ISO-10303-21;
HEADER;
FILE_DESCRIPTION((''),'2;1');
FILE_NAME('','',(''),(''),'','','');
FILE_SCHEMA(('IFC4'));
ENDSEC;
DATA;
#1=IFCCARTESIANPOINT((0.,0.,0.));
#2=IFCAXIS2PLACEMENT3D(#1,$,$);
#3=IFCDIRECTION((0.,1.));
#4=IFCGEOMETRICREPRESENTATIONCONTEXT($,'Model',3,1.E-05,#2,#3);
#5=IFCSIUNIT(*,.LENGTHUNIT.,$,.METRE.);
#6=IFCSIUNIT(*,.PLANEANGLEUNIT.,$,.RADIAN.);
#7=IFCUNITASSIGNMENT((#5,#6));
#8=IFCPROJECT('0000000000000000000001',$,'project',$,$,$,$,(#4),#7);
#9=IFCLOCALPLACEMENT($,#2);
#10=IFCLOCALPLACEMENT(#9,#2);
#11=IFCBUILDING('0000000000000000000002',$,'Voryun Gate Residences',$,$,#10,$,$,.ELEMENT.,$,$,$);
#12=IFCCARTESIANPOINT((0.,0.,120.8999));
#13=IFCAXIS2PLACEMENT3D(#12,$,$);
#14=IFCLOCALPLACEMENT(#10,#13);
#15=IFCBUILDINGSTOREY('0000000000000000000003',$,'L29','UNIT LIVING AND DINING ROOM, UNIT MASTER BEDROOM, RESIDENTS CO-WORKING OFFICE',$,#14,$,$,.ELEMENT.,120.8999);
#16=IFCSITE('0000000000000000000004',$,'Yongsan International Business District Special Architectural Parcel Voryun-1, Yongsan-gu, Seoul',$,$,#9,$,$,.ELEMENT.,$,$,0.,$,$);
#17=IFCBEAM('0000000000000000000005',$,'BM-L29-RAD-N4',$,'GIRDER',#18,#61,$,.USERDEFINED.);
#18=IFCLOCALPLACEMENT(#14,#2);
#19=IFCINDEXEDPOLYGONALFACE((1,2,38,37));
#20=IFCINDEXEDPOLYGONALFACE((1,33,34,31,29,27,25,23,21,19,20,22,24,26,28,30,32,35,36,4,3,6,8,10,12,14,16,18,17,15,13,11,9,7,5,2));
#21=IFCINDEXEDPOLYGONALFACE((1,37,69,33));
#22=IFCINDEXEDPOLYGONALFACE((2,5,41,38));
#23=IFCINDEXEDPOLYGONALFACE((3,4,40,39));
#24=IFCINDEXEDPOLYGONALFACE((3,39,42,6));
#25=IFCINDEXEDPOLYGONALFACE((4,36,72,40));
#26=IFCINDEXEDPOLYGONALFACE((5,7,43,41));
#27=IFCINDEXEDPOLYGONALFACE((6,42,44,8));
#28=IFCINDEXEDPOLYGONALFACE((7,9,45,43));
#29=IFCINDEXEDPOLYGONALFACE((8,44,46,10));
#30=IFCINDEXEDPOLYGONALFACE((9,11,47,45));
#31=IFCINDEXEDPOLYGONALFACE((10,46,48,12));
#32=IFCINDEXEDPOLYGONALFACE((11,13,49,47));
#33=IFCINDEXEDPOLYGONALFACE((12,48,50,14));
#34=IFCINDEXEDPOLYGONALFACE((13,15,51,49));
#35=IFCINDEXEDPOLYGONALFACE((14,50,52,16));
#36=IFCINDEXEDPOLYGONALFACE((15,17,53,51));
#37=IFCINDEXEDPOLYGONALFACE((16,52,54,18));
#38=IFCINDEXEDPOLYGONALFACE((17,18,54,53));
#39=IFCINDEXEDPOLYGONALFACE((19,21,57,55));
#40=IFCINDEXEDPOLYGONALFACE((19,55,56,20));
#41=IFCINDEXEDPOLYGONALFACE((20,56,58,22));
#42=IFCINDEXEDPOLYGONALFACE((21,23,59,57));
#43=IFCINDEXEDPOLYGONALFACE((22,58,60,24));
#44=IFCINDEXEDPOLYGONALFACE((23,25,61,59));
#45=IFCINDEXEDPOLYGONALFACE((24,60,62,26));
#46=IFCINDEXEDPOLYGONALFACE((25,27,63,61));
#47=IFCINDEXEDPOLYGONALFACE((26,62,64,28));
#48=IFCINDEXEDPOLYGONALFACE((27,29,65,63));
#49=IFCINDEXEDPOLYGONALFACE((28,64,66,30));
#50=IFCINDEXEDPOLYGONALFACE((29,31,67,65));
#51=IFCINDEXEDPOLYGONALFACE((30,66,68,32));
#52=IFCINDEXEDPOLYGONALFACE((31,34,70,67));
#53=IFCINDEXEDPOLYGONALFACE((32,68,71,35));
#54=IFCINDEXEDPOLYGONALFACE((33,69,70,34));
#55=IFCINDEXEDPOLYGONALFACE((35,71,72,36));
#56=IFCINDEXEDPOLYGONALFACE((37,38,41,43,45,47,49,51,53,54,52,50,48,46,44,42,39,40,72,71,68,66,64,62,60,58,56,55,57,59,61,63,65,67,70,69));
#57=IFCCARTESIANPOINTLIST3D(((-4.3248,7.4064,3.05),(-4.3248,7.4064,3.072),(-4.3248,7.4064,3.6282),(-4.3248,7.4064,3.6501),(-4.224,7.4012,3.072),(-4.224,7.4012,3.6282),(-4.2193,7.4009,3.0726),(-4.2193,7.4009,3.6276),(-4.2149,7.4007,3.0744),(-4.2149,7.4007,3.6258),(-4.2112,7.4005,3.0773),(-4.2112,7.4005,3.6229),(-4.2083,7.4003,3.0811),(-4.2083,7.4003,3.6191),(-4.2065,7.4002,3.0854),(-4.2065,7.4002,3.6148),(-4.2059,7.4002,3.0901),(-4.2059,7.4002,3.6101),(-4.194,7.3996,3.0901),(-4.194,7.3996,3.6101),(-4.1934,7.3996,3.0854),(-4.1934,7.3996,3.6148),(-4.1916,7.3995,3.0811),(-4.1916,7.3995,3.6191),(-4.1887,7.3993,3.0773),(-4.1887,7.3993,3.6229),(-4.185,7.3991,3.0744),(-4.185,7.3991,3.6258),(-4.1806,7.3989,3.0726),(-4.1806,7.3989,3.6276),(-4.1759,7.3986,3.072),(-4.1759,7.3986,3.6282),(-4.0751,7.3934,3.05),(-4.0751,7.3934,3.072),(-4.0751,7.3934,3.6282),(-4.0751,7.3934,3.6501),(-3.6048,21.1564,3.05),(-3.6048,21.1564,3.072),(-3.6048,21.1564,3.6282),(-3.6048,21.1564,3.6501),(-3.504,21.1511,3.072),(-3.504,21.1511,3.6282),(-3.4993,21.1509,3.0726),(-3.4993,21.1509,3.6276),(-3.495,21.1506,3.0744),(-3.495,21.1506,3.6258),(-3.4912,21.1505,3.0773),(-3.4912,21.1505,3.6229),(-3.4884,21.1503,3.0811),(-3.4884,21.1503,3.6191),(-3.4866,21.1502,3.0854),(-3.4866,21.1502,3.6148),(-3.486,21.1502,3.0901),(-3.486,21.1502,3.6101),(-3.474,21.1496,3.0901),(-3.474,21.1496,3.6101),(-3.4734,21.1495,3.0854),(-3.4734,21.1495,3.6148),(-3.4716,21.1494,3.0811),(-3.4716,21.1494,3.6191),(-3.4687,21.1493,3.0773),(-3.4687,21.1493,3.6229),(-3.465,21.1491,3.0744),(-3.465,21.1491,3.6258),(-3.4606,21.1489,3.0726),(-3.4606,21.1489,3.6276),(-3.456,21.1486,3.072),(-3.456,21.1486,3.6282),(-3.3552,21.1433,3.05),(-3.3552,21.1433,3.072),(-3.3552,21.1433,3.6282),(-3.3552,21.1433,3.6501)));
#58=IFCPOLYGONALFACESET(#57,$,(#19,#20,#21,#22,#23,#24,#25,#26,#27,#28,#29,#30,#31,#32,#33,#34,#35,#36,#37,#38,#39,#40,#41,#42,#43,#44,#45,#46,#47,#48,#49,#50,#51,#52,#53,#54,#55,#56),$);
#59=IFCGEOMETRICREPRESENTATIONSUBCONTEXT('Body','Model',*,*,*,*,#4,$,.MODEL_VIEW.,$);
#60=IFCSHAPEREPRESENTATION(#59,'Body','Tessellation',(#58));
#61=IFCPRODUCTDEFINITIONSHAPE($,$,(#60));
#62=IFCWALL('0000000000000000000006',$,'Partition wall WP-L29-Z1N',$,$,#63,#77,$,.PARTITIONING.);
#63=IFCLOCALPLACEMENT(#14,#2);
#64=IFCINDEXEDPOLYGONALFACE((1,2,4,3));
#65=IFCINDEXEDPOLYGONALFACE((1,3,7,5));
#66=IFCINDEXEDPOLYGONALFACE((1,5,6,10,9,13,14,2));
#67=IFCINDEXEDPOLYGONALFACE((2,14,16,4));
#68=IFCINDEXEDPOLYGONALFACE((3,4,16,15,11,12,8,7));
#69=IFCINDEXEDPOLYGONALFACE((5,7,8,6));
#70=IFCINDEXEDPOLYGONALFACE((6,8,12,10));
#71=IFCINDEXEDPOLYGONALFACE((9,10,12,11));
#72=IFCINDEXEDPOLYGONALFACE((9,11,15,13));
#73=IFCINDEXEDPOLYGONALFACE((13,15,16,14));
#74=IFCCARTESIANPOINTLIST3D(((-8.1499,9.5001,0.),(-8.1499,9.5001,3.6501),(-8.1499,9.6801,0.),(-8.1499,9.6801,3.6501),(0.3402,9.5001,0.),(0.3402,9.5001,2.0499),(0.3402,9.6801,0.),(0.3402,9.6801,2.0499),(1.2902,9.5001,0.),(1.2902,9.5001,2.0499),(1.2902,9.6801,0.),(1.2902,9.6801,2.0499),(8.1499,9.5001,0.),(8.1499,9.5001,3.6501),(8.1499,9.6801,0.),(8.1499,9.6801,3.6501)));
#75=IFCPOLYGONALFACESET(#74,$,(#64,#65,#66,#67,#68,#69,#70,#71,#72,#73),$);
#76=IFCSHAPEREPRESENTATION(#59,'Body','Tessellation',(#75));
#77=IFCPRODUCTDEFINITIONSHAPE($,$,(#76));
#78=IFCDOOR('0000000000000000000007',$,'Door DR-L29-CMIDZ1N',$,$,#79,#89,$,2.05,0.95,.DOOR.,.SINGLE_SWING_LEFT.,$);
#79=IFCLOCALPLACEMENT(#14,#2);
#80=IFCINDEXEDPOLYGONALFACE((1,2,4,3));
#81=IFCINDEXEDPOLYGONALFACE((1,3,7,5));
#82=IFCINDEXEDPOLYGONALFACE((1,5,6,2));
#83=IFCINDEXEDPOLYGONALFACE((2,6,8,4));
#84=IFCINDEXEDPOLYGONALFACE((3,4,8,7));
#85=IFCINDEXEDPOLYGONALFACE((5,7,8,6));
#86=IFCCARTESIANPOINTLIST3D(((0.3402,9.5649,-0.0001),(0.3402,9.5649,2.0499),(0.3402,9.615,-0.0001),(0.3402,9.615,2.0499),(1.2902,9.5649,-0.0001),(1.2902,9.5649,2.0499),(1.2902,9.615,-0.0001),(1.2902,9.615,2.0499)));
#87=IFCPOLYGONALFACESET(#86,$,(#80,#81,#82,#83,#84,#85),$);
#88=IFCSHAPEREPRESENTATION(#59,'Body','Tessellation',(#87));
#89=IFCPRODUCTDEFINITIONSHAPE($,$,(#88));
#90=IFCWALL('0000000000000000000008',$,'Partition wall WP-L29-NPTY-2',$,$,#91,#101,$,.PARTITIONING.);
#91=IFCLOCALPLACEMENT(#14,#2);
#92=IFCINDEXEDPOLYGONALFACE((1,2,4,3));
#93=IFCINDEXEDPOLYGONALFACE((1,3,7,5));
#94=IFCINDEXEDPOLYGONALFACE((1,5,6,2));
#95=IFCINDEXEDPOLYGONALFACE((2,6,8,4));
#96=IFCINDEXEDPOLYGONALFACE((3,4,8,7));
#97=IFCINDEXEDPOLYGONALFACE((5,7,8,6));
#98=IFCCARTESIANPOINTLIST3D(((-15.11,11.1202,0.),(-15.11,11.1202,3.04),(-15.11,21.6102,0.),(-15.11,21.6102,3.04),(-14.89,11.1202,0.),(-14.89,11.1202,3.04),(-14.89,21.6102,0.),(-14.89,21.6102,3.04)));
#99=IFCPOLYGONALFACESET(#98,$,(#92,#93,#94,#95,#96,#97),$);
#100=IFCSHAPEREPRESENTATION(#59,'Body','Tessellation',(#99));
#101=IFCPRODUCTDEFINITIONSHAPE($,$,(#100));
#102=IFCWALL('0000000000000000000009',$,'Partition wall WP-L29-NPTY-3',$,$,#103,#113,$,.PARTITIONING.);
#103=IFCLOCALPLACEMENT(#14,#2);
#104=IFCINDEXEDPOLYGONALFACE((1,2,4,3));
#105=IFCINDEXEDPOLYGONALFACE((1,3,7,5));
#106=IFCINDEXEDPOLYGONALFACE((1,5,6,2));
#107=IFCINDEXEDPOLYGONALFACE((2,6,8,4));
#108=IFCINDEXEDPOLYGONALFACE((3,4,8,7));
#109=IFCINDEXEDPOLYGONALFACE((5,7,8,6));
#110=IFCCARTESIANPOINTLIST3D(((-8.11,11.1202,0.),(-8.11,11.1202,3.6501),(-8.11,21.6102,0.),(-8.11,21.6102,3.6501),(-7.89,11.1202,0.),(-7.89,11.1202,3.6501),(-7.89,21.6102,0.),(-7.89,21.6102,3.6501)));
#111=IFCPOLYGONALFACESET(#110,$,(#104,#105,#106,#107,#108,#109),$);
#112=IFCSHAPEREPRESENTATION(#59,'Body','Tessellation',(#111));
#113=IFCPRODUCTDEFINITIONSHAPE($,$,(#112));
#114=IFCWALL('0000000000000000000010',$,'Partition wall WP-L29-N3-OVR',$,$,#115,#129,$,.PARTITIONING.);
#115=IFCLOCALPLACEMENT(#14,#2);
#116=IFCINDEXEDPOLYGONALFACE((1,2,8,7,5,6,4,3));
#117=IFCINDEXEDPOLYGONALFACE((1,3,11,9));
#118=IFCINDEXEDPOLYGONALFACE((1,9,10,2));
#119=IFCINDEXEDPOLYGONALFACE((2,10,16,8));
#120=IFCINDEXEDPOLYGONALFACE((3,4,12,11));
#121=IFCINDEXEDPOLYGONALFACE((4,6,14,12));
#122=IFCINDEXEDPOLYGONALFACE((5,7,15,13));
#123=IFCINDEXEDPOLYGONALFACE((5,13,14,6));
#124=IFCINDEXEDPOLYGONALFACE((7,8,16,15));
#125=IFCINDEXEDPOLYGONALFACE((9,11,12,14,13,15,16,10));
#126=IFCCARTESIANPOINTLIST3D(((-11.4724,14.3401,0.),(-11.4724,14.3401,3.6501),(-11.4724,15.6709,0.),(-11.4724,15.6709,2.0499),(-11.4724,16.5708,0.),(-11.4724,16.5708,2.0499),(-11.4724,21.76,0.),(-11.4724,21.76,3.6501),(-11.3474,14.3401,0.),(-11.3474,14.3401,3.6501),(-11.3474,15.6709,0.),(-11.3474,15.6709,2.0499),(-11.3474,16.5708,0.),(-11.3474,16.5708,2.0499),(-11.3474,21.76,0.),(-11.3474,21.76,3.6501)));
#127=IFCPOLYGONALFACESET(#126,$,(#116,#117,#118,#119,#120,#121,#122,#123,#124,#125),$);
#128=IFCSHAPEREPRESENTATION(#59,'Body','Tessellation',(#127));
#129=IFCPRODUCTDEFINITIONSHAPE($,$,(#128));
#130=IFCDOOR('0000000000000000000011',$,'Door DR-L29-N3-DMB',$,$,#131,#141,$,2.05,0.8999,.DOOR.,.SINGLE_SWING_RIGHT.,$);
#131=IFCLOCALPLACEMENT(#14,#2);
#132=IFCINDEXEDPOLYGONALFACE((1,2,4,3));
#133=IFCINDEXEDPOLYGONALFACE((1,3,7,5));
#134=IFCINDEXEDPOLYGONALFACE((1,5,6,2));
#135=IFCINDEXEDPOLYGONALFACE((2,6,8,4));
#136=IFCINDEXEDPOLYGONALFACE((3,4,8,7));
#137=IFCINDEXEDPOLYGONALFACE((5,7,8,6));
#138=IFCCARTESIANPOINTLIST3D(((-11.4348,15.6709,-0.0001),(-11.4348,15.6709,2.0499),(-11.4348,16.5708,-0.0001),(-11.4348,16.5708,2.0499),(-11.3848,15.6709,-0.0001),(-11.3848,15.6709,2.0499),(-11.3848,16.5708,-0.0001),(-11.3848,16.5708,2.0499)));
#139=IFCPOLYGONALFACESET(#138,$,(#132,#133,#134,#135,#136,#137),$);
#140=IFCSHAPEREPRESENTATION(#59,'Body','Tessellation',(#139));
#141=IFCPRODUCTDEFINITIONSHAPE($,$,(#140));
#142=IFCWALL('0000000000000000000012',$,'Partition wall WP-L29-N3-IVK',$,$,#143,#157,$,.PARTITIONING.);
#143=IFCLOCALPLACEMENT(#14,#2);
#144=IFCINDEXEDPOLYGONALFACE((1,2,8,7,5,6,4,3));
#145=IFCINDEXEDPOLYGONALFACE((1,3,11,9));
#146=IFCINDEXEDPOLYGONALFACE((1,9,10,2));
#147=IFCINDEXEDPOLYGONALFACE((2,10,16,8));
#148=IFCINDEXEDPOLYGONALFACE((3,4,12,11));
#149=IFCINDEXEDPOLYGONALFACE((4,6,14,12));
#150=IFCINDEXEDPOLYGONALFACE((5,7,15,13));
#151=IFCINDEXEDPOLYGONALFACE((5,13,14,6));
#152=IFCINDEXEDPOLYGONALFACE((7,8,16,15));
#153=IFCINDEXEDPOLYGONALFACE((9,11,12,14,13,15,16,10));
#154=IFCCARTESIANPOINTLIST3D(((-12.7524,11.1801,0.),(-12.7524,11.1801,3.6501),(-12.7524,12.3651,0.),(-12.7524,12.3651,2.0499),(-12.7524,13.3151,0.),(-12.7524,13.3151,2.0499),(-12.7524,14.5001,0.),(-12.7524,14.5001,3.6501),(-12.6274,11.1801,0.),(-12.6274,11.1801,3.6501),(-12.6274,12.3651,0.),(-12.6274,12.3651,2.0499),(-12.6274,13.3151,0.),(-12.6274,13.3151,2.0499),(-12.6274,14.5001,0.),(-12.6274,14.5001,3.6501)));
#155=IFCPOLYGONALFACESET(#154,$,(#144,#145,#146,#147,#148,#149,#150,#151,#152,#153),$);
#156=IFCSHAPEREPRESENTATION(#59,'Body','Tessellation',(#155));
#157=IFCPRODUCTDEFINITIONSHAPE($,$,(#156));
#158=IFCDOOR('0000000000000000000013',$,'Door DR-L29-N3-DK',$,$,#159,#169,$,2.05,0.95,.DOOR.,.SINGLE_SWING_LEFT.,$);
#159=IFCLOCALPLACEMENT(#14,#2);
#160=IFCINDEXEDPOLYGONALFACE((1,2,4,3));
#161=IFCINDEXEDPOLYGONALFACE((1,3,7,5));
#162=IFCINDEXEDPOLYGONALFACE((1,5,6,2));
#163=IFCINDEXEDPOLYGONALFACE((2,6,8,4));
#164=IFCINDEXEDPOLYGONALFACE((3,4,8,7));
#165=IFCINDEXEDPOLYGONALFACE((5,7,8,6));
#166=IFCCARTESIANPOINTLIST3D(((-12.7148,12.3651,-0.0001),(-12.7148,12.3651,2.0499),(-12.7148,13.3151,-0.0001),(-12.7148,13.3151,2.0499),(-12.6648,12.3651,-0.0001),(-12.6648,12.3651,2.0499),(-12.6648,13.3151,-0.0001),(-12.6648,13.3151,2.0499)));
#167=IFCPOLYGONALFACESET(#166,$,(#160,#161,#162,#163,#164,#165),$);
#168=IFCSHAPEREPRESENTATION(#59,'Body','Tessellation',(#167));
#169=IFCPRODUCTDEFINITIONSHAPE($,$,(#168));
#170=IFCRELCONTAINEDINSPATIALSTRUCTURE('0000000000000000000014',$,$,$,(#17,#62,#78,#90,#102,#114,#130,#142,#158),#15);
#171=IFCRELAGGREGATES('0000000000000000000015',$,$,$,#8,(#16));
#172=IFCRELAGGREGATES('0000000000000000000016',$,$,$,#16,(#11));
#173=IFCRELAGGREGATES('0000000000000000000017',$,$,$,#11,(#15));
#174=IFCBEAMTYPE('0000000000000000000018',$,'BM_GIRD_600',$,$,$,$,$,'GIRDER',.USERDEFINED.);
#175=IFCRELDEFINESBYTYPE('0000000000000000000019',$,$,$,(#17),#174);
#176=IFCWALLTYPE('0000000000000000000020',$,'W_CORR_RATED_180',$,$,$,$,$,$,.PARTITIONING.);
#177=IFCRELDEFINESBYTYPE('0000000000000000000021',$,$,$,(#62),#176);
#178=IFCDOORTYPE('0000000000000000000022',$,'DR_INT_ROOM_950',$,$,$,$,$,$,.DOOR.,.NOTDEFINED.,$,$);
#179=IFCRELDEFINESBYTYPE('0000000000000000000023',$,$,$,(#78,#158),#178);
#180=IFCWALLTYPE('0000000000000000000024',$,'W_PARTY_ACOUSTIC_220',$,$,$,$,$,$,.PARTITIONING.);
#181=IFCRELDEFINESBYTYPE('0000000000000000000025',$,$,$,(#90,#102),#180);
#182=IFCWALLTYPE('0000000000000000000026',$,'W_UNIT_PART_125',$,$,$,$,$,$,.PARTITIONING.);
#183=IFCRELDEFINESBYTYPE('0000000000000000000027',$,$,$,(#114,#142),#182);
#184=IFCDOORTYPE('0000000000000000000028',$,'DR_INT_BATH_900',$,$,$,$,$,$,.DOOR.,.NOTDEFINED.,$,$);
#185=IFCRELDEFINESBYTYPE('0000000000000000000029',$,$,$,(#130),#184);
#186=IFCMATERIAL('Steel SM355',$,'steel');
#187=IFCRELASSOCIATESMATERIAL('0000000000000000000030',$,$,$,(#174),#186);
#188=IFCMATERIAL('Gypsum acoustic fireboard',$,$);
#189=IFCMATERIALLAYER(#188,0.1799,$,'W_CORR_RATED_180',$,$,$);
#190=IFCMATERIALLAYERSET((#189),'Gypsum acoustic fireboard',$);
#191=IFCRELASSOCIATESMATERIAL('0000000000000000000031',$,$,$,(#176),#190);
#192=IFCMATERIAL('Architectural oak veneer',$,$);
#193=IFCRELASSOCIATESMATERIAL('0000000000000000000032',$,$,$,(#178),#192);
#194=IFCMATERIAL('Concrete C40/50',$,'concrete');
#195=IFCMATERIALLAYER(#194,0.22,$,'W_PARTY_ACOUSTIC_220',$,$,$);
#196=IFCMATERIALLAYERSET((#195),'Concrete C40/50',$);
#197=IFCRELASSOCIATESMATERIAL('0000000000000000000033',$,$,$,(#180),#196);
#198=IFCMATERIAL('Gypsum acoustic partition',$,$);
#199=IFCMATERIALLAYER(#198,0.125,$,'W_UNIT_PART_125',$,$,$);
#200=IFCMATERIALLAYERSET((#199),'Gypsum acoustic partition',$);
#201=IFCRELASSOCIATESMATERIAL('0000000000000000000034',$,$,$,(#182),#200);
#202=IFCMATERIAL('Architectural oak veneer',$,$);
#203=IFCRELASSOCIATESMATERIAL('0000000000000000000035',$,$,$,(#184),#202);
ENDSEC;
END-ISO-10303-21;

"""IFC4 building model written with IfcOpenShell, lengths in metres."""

from ifc_helpers import new_model, si_unit, direction, frame, frame_2d, origin, origin_2d, place, context, subcontext, project, spatial, rectangle, i_section, extrude, material, layer, layer_set, material_profile, profile_set, type_object, element, fill, save


model = new_model("IFC4")

# Units and contexts
model_context = context("Model", 3, precision=1e-05, world=origin(), true_north=direction((0.0, 1.0)))
body_context = subcontext(model_context, "Body", "Model", "MODEL_VIEW")
ifc_project = project(units=[si_unit("LENGTHUNIT", "METRE"), si_unit("PLANEANGLEUNIT", "RADIAN")], contexts=[model_context])

# Site, building, storey
site_placement = place(None, origin())
site = spatial("IfcSite", under=ifc_project, at=site_placement, Name="Yongsan International Business District Special Architectural Parcel Voryun-1, Yongsan-gu, Seoul", CompositionType="ELEMENT", RefElevation=0.0)
building_placement = place(site_placement, origin())
building = spatial("IfcBuilding", under=site, at=building_placement, Name="Voryun Gate Residences", CompositionType="ELEMENT")
storey_placement = place(building_placement, frame((0.0, 0.0, 120.8999)))
storey = spatial("IfcBuildingStorey", under=building, at=storey_placement, Name="L29", Description="UNIT LIVING AND DINING ROOM, UNIT MASTER BEDROOM, RESIDENTS CO-WORKING OFFICE", CompositionType="ELEMENT", Elevation=120.8999)

# Beam
ifc_material_1 = material(Name="Steel SM355", Category="steel")
ifc_material_profile_1 = material_profile(ifc_material_1, i_section(OverallWidth=0.25, OverallDepth=0.6001, WebThickness=0.012, FlangeThickness=0.022, FilletRadius=0.0181, at=origin_2d()), Name="H-600x250x12x22")
ifc_profile_set_1 = profile_set([ifc_material_profile_1], Name="Steel SM355")
beam_type_1 = type_object("IfcBeamType", Name="BM_GIRD_600", ElementType="GIRDER", PredefinedType="USERDEFINED", material=ifc_profile_set_1)
beam_1_placement = place(storey_placement, frame((-4.2, 7.3999, 3.3501), z_axis=(0.05229, 0.998632, 0.0), x_axis=(-0.998632, 0.05229, 0.0)))
element("IfcBeam", 1, at=beam_1_placement, inside=storey, type_object=beam_type_1, Name="BM-L29-RAD-N4", ObjectType="GIRDER", PredefinedType="USERDEFINED", context=body_context, shape_type="SweptSolid", body=[
    extrude(i_section(OverallWidth=0.25, OverallDepth=0.6001, WebThickness=0.012, FlangeThickness=0.022, FilletRadius=0.0181, at=origin_2d()), origin(), (0.0, 0.0, 1.0), 13.7688),
])

# Wall, opening, door
ifc_material_2 = material(Name="Gypsum acoustic fireboard")
ifc_layer_1 = layer(ifc_material_2, 0.1799, Name="W_CORR_RATED_180")
ifc_layer_set_1 = layer_set([ifc_layer_1], Name="Gypsum acoustic fireboard")
wall_type_1 = type_object("IfcWallType", Name="W_CORR_RATED_180", PredefinedType="PARTITIONING", material=ifc_layer_set_1)
wall_1_placement = place(storey_placement, frame((-8.1499, 9.5901, 0.0), z_axis=(0.0, 0.0, 1.0), x_axis=(1.0, 0.0, 0.0)))
wall_1 = element("IfcWall", 2, at=wall_1_placement, inside=storey, type_object=wall_type_1, Name="Partition wall WP-L29-Z1N", PredefinedType="PARTITIONING", context=body_context, shape_type="SweptSolid", body=[
    extrude(rectangle(XDim=16.2998, YDim=0.1799, at=frame_2d((8.1499, 0.0))), origin(), (0.0, 0.0, 1.0), 3.6501),
])
opening_1_placement = place(wall_1_placement, frame((8.49, 0.0, 0.0)))
opening_1 = element("IfcOpeningElement", 3, at=opening_1_placement, cuts=wall_1, PredefinedType="OPENING", context=body_context, shape_type="SweptSolid", body=[
    extrude(rectangle(XDim=0.95, YDim=2.05, at=frame_2d((0.4751, 1.0249))), frame((0.0, 0.0999, 0.0), z_axis=(0.0, -1.0, 0.0), x_axis=(1.0, 0.0, 0.0)), (0.0, 0.0, 1.0), 0.2),
])
ifc_material_3 = material(Name="Architectural oak veneer")
door_type_1 = type_object("IfcDoorType", Name="DR_INT_ROOM_950", OperationType="NOTDEFINED", PredefinedType="DOOR", material=ifc_material_3)
door_1_placement = place(opening_1_placement, origin())
door_1 = element("IfcDoor", 4, at=door_1_placement, inside=storey, type_object=door_type_1, Name="Door DR-L29-CMIDZ1N", OperationType="SINGLE_SWING_LEFT", OverallHeight=2.05, OverallWidth=0.95, PredefinedType="DOOR", context=body_context, shape_type="SweptSolid", body=[
    extrude(rectangle(XDim=0.95, YDim=2.05, at=frame_2d((0.4751, 1.0249))), frame((0.0, 0.0249, 0.0), z_axis=(0.0, -1.0, 0.0), x_axis=(1.0, 0.0, 0.0)), (0.0, 0.0, 1.0), 0.05),
])
fill(opening_1, door_1)

# Walls
ifc_material_4 = material(Name="Concrete C40/50", Category="concrete")
ifc_layer_2 = layer(ifc_material_4, 0.22, Name="W_PARTY_ACOUSTIC_220")
ifc_layer_set_2 = layer_set([ifc_layer_2], Name="Concrete C40/50")
wall_type_2 = type_object("IfcWallType", Name="W_PARTY_ACOUSTIC_220", PredefinedType="PARTITIONING", material=ifc_layer_set_2)
wall_2_placement = place(storey_placement, frame((-15.0, 11.1201, 0.0), z_axis=(0.0, 0.0, 1.0), x_axis=(0.0, 1.0, 0.0)))
element("IfcWall", 5, at=wall_2_placement, inside=storey, type_object=wall_type_2, Name="Partition wall WP-L29-NPTY-2", PredefinedType="PARTITIONING", context=body_context, shape_type="SweptSolid", body=[
    extrude(rectangle(XDim=10.49, YDim=0.22, at=frame_2d((5.2451, 0.0))), origin(), (0.0, 0.0, 1.0), 3.04),
])
wall_3_placement = place(storey_placement, frame((-8.0, 11.1201, 0.0), z_axis=(0.0, 0.0, 1.0), x_axis=(0.0, 1.0, 0.0)))
element("IfcWall", 6, at=wall_3_placement, inside=storey, type_object=wall_type_2, Name="Partition wall WP-L29-NPTY-3", PredefinedType="PARTITIONING", context=body_context, shape_type="SweptSolid", body=[
    extrude(rectangle(XDim=10.49, YDim=0.22, at=frame_2d((5.2451, 0.0))), origin(), (0.0, 0.0, 1.0), 3.6501),
])

# Walls, openings, doors
ifc_material_5 = material(Name="Gypsum acoustic partition")
ifc_layer_3 = layer(ifc_material_5, 0.125, Name="W_UNIT_PART_125")
ifc_layer_set_3 = layer_set([ifc_layer_3], Name="Gypsum acoustic partition")
wall_type_3 = type_object("IfcWallType", Name="W_UNIT_PART_125", PredefinedType="PARTITIONING", material=ifc_layer_set_3)
wall_4_placement = place(storey_placement, frame((-11.4099, 14.3401, 0.0), z_axis=(0.0, 0.0, 1.0), x_axis=(0.0, 1.0, 0.0)))
wall_4 = element("IfcWall", 7, at=wall_4_placement, inside=storey, type_object=wall_type_3, Name="Partition wall WP-L29-N3-OVR", PredefinedType="PARTITIONING", context=body_context, shape_type="SweptSolid", body=[
    extrude(rectangle(XDim=7.4199, YDim=0.125, at=frame_2d((3.71, 0.0))), origin(), (0.0, 0.0, 1.0), 3.6501),
])
opening_2_placement = place(wall_4_placement, frame((1.3308, 0.0, 0.0)))
opening_2 = element("IfcOpeningElement", 8, at=opening_2_placement, cuts=wall_4, PredefinedType="OPENING", context=body_context, shape_type="SweptSolid", body=[
    extrude(rectangle(XDim=0.8999, YDim=2.05, at=frame_2d((0.45, 1.0249))), frame((0.0, 0.0725, 0.0), z_axis=(0.0, -1.0, 0.0), x_axis=(1.0, 0.0, 0.0)), (0.0, 0.0, 1.0), 0.145),
])
ifc_material_6 = material(Name="Architectural oak veneer")
door_type_2 = type_object("IfcDoorType", Name="DR_INT_BATH_900", OperationType="NOTDEFINED", PredefinedType="DOOR", material=ifc_material_6)
door_2_placement = place(opening_2_placement, origin())
door_2 = element("IfcDoor", 9, at=door_2_placement, inside=storey, type_object=door_type_2, Name="Door DR-L29-N3-DMB", OperationType="SINGLE_SWING_RIGHT", OverallHeight=2.05, OverallWidth=0.8999, PredefinedType="DOOR", context=body_context, shape_type="SweptSolid", body=[
    extrude(rectangle(XDim=0.8999, YDim=2.05, at=frame_2d((0.45, 1.0249))), frame((0.0, 0.0249, 0.0), z_axis=(0.0, -1.0, 0.0), x_axis=(1.0, 0.0, 0.0)), (0.0, 0.0, 1.0), 0.05),
])
fill(opening_2, door_2)
wall_5_placement = place(storey_placement, frame((-12.6899, 11.1799, 0.0), z_axis=(0.0, 0.0, 1.0), x_axis=(0.0, 1.0, 0.0)))
wall_5 = element("IfcWall", 10, at=wall_5_placement, inside=storey, type_object=wall_type_3, Name="Partition wall WP-L29-N3-IVK", PredefinedType="PARTITIONING", context=body_context, shape_type="SweptSolid", body=[
    extrude(rectangle(XDim=3.3201, YDim=0.125, at=frame_2d((1.6602, 0.0))), origin(), (0.0, 0.0, 1.0), 3.6501),
])
opening_3_placement = place(wall_5_placement, frame((1.1851, 0.0, 0.0)))
opening_3 = element("IfcOpeningElement", 11, at=opening_3_placement, cuts=wall_5, PredefinedType="OPENING", context=body_context, shape_type="SweptSolid", body=[
    extrude(rectangle(XDim=0.95, YDim=2.05, at=frame_2d((0.4751, 1.0249))), frame((0.0, 0.0725, 0.0), z_axis=(0.0, -1.0, 0.0), x_axis=(1.0, 0.0, 0.0)), (0.0, 0.0, 1.0), 0.145),
])
door_3_placement = place(opening_3_placement, origin())
door_3 = element("IfcDoor", 12, at=door_3_placement, inside=storey, type_object=door_type_1, Name="Door DR-L29-N3-DK", OperationType="SINGLE_SWING_LEFT", OverallHeight=2.05, OverallWidth=0.95, PredefinedType="DOOR", context=body_context, shape_type="SweptSolid", body=[
    extrude(rectangle(XDim=0.95, YDim=2.05, at=frame_2d((0.4751, 1.0249))), frame((0.0, 0.0249, 0.0), z_axis=(0.0, -1.0, 0.0), x_axis=(1.0, 0.0, 0.0)), (0.0, 0.0, 1.0), 0.05),
])
fill(opening_3, door_3)

save(model, "model.ifc")
